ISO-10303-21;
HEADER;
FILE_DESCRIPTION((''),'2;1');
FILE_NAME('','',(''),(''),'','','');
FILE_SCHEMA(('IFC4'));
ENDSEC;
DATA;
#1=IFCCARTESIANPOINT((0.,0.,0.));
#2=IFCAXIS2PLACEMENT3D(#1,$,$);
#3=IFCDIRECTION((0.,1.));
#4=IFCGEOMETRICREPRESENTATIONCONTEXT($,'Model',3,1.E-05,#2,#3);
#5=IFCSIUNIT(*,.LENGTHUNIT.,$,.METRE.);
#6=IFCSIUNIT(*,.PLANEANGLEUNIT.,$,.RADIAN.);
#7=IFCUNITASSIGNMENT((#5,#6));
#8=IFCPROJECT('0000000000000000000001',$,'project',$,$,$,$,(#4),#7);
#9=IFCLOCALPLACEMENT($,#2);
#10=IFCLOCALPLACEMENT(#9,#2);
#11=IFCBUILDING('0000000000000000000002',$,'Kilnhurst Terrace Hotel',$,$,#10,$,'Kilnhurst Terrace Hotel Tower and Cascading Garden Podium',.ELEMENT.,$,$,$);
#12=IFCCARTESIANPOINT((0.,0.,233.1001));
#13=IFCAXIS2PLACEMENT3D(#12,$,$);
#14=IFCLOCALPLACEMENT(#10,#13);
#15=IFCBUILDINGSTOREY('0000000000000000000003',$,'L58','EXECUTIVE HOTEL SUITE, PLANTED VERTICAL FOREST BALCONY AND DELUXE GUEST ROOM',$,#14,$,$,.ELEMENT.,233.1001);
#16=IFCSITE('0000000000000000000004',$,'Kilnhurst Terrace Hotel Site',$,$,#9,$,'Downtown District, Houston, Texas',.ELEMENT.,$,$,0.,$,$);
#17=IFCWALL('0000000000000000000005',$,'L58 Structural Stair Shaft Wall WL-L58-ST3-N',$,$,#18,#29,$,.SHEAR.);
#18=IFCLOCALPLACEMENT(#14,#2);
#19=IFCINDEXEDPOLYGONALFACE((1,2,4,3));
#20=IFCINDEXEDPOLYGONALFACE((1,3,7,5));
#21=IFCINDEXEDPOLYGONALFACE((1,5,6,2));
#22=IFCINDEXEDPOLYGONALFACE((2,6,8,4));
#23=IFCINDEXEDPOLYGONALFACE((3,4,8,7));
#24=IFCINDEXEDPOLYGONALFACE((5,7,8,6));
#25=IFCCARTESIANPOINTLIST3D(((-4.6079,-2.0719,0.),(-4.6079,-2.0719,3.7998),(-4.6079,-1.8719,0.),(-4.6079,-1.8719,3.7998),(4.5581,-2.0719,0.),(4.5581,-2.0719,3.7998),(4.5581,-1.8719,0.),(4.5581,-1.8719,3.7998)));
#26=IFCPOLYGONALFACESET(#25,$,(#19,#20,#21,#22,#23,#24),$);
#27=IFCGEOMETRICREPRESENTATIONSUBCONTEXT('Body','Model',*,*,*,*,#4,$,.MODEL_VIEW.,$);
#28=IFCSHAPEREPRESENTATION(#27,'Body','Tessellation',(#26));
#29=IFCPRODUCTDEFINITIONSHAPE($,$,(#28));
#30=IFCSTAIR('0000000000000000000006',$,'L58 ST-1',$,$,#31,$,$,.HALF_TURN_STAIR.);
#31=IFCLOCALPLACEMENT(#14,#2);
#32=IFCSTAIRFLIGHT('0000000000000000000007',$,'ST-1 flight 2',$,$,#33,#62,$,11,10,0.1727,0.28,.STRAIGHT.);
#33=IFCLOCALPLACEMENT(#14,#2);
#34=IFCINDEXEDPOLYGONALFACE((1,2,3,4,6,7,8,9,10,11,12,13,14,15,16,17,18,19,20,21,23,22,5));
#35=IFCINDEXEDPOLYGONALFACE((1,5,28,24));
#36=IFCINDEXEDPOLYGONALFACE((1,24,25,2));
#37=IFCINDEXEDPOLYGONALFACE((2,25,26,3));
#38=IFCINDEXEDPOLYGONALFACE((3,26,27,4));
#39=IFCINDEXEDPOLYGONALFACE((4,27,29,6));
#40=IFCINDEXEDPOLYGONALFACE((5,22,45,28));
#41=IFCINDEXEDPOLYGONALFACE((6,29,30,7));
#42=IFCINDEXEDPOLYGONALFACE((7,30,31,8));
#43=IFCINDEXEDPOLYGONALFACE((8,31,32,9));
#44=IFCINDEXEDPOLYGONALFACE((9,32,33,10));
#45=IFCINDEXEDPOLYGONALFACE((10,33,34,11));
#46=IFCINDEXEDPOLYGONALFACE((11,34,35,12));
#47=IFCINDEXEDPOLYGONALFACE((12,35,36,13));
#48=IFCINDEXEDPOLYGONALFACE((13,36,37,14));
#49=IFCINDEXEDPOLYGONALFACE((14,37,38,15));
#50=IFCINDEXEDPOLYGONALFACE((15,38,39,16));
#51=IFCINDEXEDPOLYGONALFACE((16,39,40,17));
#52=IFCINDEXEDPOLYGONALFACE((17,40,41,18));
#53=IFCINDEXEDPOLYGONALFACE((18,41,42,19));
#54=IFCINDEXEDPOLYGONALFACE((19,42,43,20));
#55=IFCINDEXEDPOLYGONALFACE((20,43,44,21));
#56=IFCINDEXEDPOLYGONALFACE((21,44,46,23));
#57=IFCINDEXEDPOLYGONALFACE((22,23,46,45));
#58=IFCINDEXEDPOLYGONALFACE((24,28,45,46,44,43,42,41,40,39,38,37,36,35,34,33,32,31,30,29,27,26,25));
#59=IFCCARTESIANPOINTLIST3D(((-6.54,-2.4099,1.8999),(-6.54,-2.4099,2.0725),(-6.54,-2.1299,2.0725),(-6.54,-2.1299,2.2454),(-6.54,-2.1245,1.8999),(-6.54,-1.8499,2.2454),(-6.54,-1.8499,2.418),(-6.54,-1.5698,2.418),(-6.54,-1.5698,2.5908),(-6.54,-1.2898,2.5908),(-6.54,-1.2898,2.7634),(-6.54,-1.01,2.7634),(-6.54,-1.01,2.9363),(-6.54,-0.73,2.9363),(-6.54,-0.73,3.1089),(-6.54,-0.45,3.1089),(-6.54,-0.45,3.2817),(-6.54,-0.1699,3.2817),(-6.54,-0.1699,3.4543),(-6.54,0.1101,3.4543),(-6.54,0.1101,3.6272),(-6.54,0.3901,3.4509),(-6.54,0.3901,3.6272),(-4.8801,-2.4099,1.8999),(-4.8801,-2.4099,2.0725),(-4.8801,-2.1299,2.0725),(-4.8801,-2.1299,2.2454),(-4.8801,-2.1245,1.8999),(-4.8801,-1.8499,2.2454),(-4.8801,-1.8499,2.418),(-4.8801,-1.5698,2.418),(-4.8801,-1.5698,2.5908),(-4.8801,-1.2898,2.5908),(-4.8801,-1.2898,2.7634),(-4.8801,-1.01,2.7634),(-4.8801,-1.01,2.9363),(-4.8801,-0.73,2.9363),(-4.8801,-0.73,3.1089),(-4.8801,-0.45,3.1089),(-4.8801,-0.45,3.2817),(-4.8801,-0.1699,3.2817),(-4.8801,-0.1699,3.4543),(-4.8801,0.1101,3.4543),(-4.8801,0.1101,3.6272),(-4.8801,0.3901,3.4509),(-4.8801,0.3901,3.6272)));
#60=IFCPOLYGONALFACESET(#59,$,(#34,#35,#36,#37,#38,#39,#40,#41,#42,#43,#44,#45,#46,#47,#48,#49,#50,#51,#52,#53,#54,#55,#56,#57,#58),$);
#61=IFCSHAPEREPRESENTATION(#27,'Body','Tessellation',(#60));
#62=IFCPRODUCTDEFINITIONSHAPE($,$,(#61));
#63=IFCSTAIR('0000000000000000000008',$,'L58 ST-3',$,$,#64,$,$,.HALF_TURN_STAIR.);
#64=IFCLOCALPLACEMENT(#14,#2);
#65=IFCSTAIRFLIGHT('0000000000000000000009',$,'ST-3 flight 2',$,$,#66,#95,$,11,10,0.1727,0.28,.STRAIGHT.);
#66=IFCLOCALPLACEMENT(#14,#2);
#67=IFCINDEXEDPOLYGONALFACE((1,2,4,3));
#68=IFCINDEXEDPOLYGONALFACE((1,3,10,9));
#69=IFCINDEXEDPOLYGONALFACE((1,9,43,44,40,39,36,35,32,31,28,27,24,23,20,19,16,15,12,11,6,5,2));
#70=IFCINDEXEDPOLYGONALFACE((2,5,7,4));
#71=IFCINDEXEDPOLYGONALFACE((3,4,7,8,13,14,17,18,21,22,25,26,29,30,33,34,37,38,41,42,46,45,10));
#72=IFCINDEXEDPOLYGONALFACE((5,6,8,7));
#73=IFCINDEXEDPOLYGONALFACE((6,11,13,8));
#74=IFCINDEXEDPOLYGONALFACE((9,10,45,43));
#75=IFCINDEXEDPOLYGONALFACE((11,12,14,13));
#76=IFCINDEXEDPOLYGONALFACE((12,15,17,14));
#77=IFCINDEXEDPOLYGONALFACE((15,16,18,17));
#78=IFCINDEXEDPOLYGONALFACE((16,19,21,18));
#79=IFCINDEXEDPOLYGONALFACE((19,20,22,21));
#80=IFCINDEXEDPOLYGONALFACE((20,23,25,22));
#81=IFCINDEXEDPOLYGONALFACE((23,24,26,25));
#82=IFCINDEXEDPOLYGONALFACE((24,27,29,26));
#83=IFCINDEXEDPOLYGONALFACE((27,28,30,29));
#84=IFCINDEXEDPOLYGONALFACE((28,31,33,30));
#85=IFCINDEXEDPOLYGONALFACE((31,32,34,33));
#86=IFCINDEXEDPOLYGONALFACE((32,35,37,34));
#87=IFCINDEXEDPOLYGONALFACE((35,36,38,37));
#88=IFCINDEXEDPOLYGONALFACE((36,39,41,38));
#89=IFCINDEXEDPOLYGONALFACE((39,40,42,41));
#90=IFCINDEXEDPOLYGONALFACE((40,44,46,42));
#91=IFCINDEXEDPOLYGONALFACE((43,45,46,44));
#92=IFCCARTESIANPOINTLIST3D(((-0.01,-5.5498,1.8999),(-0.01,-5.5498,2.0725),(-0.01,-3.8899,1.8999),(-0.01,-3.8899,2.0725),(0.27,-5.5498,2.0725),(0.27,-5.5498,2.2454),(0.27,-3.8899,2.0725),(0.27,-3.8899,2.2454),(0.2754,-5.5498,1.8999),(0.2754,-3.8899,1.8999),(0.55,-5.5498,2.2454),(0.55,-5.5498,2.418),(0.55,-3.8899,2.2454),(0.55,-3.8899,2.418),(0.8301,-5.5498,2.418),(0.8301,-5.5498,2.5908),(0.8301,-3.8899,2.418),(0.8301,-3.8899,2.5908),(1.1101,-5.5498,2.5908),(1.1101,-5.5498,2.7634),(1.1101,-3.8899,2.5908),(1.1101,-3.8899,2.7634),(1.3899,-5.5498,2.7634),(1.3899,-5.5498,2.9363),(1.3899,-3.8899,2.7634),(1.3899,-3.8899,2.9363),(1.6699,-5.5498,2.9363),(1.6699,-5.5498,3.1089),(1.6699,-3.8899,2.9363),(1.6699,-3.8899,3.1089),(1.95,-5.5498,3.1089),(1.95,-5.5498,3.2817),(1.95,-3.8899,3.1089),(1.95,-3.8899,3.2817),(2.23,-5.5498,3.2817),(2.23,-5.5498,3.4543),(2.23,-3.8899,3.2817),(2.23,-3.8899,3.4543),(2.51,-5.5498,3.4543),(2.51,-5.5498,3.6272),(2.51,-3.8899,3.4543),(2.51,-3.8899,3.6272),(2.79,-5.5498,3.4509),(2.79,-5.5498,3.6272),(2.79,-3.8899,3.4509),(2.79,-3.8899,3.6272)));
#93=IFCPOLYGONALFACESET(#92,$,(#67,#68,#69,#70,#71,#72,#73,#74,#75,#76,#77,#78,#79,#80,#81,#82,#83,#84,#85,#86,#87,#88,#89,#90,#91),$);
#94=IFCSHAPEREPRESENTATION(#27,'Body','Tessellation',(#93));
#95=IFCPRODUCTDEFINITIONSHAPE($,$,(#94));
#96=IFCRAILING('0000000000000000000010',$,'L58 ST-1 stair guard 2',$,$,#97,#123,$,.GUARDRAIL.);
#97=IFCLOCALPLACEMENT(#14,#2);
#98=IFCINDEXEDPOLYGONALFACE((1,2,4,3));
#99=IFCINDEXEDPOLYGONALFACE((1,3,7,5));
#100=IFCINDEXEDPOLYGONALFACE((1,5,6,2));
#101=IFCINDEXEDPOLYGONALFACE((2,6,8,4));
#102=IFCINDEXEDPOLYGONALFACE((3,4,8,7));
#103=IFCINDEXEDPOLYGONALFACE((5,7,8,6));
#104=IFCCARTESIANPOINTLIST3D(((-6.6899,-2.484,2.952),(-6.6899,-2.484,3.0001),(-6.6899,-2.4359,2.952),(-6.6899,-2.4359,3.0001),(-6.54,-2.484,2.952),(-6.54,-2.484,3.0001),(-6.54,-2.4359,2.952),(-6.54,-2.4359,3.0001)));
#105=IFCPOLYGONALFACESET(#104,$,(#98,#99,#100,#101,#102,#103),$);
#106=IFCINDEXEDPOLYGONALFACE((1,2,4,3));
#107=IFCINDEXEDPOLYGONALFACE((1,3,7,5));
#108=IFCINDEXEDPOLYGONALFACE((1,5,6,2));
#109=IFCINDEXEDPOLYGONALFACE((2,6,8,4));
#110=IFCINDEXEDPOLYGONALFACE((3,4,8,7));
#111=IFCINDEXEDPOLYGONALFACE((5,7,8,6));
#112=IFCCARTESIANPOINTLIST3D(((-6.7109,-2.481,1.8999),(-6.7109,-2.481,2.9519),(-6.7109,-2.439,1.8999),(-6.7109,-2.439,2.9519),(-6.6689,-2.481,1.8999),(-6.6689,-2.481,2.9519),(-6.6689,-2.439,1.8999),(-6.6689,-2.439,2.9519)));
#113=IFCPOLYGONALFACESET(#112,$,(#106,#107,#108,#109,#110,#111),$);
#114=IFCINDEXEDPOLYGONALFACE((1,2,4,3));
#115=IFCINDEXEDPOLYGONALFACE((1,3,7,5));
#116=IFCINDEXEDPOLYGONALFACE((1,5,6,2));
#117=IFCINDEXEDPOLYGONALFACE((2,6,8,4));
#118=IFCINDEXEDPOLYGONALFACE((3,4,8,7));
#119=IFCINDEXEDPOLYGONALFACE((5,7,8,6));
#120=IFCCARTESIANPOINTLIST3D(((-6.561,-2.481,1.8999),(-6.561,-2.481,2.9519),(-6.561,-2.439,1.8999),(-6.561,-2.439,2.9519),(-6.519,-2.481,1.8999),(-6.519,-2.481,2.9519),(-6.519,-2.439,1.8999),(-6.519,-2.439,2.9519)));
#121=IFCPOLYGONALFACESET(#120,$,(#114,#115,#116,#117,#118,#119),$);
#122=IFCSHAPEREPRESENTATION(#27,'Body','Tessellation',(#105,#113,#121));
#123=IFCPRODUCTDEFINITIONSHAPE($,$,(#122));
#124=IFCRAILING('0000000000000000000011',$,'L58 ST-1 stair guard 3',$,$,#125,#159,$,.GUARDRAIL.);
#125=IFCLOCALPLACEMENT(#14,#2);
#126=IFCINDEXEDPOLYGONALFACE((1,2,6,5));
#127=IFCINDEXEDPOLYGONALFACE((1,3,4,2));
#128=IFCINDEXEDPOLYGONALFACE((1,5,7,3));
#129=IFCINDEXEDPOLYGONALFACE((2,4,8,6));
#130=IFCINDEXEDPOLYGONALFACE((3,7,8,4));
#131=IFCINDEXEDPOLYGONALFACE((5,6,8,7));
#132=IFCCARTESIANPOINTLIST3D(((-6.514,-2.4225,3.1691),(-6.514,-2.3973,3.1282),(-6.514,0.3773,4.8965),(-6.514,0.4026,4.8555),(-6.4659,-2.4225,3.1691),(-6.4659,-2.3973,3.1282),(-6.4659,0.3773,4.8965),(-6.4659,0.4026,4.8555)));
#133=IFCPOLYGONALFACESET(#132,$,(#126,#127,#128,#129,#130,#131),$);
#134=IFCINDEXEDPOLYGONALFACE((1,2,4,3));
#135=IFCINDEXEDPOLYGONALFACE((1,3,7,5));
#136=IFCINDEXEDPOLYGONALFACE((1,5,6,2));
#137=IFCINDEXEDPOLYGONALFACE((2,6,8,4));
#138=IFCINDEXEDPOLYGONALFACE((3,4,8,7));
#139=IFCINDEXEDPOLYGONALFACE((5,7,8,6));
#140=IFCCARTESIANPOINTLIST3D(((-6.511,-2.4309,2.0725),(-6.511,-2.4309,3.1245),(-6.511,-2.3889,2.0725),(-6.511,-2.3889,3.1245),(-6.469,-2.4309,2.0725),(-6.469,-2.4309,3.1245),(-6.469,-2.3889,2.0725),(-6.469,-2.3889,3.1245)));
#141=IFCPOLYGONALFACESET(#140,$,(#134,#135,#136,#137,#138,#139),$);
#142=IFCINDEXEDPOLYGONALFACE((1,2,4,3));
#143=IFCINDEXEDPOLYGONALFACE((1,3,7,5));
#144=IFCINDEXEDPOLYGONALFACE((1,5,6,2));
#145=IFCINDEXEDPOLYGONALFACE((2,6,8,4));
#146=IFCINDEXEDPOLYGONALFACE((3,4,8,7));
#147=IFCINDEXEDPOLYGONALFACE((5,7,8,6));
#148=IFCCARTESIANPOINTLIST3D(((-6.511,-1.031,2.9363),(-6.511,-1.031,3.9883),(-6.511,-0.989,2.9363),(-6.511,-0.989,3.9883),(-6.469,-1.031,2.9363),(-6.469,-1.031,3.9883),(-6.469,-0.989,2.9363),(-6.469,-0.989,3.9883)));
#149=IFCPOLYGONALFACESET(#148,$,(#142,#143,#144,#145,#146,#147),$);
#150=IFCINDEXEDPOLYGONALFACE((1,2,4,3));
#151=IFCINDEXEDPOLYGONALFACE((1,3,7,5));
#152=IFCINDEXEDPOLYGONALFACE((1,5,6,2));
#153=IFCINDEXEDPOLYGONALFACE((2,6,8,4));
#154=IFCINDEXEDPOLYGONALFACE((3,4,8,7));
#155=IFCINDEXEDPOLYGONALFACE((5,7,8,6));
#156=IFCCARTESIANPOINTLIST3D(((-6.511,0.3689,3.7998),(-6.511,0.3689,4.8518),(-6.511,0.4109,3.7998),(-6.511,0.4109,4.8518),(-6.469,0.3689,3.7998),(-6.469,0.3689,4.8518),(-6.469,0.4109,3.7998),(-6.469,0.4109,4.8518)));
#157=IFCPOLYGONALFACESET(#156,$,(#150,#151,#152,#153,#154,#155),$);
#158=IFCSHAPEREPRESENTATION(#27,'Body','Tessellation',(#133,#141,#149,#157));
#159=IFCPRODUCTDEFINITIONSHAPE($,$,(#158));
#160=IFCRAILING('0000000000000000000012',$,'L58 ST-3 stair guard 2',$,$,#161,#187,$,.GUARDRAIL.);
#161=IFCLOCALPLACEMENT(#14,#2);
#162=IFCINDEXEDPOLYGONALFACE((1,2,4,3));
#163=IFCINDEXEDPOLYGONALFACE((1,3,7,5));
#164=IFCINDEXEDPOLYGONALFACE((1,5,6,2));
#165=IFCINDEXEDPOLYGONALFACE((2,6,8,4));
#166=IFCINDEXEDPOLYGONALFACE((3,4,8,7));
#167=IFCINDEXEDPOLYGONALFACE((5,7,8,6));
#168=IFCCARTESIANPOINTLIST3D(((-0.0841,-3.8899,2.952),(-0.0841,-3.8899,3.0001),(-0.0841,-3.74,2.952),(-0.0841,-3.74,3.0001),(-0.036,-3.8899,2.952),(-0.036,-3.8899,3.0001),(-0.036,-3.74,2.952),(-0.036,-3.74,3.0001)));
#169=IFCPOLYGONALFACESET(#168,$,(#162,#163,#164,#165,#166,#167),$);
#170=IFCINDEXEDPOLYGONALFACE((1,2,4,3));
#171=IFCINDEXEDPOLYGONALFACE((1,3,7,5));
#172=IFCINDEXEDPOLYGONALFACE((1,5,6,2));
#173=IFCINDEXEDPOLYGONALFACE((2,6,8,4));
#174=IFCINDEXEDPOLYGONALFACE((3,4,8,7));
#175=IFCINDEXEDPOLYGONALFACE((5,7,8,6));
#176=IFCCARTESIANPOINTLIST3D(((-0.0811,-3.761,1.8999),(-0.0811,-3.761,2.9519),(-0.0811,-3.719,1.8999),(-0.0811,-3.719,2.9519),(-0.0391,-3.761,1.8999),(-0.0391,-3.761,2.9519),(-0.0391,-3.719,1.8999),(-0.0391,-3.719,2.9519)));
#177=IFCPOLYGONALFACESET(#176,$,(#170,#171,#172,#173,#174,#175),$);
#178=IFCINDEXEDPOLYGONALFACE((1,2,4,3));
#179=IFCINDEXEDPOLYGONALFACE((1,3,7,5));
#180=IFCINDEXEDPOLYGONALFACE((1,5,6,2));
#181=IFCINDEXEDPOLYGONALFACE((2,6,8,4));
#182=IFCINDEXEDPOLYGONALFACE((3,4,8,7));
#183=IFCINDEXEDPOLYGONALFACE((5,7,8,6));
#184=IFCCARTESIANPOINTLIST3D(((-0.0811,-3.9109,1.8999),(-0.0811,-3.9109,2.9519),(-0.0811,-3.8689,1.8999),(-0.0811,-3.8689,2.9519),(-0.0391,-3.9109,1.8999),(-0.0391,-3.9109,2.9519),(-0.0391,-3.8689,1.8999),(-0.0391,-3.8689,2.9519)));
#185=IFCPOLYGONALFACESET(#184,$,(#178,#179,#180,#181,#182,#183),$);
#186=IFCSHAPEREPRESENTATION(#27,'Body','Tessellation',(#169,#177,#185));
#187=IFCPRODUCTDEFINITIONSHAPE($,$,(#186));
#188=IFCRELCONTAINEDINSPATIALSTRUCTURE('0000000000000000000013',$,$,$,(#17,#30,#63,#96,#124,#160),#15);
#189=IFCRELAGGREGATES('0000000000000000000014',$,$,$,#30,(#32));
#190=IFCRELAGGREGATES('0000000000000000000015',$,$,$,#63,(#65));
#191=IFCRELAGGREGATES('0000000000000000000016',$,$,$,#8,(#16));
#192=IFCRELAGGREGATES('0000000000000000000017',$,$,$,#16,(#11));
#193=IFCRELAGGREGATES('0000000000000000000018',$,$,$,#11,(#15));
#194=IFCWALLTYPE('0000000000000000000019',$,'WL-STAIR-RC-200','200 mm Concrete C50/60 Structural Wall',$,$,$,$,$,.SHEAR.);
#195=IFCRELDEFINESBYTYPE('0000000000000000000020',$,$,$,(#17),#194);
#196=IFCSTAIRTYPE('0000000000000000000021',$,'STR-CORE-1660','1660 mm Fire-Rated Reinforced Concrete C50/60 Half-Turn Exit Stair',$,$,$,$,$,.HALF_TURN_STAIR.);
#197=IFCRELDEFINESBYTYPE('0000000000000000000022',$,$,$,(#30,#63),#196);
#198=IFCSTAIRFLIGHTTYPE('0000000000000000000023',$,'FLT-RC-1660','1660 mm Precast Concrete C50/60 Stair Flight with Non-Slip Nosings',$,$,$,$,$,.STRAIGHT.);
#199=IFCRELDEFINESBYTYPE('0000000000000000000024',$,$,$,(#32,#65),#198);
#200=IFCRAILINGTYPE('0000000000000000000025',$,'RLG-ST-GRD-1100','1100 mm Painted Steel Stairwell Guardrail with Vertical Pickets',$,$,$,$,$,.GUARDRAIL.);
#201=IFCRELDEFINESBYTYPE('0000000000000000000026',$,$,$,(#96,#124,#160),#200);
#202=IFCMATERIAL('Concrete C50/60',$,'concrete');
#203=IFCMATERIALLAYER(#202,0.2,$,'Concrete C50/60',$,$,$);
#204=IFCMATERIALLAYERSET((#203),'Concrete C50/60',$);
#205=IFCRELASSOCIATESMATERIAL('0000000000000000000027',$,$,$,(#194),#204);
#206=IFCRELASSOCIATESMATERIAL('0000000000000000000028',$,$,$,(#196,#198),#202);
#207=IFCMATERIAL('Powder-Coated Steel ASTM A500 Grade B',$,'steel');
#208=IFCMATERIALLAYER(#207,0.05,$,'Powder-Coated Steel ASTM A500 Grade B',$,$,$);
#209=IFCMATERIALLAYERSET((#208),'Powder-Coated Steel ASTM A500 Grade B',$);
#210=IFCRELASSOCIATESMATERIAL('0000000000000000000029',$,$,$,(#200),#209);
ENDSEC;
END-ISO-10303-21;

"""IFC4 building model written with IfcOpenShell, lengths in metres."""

from ifc_helpers import new_model, si_unit, direction, frame, frame_2d, origin, origin_2d, place, context, subcontext, project, spatial, polyline, rectangle, outline, extrude, material, layer, layer_set, type_object, element, aggregate, save


model = new_model("IFC4")

# Units and contexts
model_context = context("Model", 3, precision=1e-05, world=origin(), true_north=direction((0.0, 1.0)))
body_context = subcontext(model_context, "Body", "Model", "MODEL_VIEW")
ifc_project = project(units=[si_unit("LENGTHUNIT", "METRE"), si_unit("PLANEANGLEUNIT", "RADIAN")], contexts=[model_context])

# Site, building, storey
site_placement = place(None, origin())
site = spatial("IfcSite", under=ifc_project, at=site_placement, Name="Kilnhurst Terrace Hotel Site", LongName="Downtown District, Houston, Texas", CompositionType="ELEMENT", RefElevation=0.0)
building_placement = place(site_placement, origin())
building = spatial("IfcBuilding", under=site, at=building_placement, Name="Kilnhurst Terrace Hotel", LongName="Kilnhurst Terrace Hotel Tower and Cascading Garden Podium", CompositionType="ELEMENT")
storey_placement = place(building_placement, frame((0.0, 0.0, 233.1001)))
storey = spatial("IfcBuildingStorey", under=building, at=storey_placement, Name="L58", Description="EXECUTIVE HOTEL SUITE, PLANTED VERTICAL FOREST BALCONY AND DELUXE GUEST ROOM", CompositionType="ELEMENT", Elevation=233.1001)

# Shared definitions
ifc_material_1 = material(Name="Concrete C50/60", Category="concrete")
ifc_layer_1 = layer(ifc_material_1, 0.2, Name="Concrete C50/60")
ifc_layer_set_1 = layer_set([ifc_layer_1], Name="Concrete C50/60")
wall_type_1 = type_object("IfcWallType", Name="WL-STAIR-RC-200", Description="200 mm Concrete C50/60 Structural Wall", PredefinedType="SHEAR", material=ifc_layer_set_1)

# Wall
wall_1_placement = place(storey_placement, frame((-4.6079, -1.9719, 0.0), z_axis=(0.0, 0.0, 1.0), x_axis=(1.0, 0.0, 0.0)))
element("IfcWall", 1, at=wall_1_placement, inside=storey, type_object=wall_type_1, Name="L58 Structural Stair Shaft Wall WL-L58-ST3-N", PredefinedType="SHEAR", context=body_context, shape_type="SweptSolid", body=[
    extrude(rectangle(XDim=9.166, YDim=0.2, at=frame_2d((4.583, 0.0))), origin(), (0.0, 0.0, 1.0), 3.7998),
])

# Stairs, stair flights
stair_type = type_object("IfcStairType", Name="STR-CORE-1660", Description="1660 mm Fire-Rated Reinforced Concrete C50/60 Half-Turn Exit Stair", PredefinedType="HALF_TURN_STAIR", material=ifc_material_1)
stair_1_placement = place(storey_placement, origin())
stair_1 = element("IfcStair", 2, at=stair_1_placement, inside=storey, type_object=stair_type, Name="L58 ST-1", PredefinedType="HALF_TURN_STAIR")
stair_flight_type = type_object("IfcStairFlightType", Name="FLT-RC-1660", Description="1660 mm Precast Concrete C50/60 Stair Flight with Non-Slip Nosings", PredefinedType="STRAIGHT", material=ifc_material_1)
stair_flight_1_placement = place(storey_placement, frame((-5.71, -2.4099, 1.8999), z_axis=(0.0, 0.0, 1.0), x_axis=(0.0, 1.0, 0.0)))
stair_flight_1 = element("IfcStairFlight", 3, at=stair_flight_1_placement, type_object=stair_flight_type, Name="ST-1 flight 2", NumberOfRisers=11, NumberOfTreads=10, PredefinedType="STRAIGHT", RiserHeight=0.1727, TreadLength=0.28, context=body_context, shape_type="SweptSolid", body=[
    extrude(outline(polyline([(0.0, 0.0), (0.0, 0.1726), (0.28, 0.1726), (0.28, 0.3455), (0.5601, 0.3455), (0.5601, 0.5181), (0.8401, 0.5181), (0.8401, 0.6909), (1.1201, 0.6909), (1.1201, 0.8635), (1.3999, 0.8635), (1.3999, 1.0364), (1.6799, 1.0364), (1.6799, 1.209), (1.96, 1.209), (1.96, 1.3818), (2.24, 1.3818), (2.24, 1.5544), (2.52, 1.5544), (2.52, 1.7273), (2.8, 1.7273), (2.8, 1.8999), (2.8, 1.551), (0.2854, 0.0), (0.0, 0.0)])), frame((0.0, 0.8301, 0.0), z_axis=(0.0, -1.0, 0.0), x_axis=(1.0, 0.0, 0.0)), (0.0, 0.0, 1.0), 1.6599),
])
aggregate(stair_1, [stair_flight_1])
stair_2_placement = place(storey_placement, origin())
stair_2 = element("IfcStair", 4, at=stair_2_placement, inside=storey, type_object=stair_type, Name="L58 ST-3", PredefinedType="HALF_TURN_STAIR")
stair_flight_2_placement = place(storey_placement, frame((-0.01, -4.72, 1.8999), z_axis=(0.0, 0.0, 1.0), x_axis=(1.0, 0.0, 0.0)))
stair_flight_2 = element("IfcStairFlight", 5, at=stair_flight_2_placement, type_object=stair_flight_type, Name="ST-3 flight 2", NumberOfRisers=11, NumberOfTreads=10, PredefinedType="STRAIGHT", RiserHeight=0.1727, TreadLength=0.28, context=body_context, shape_type="SweptSolid", body=[
    extrude(outline(polyline([(0.0, 0.0), (0.0, 0.1726), (0.28, 0.1726), (0.28, 0.3455), (0.5601, 0.3455), (0.5601, 0.5181), (0.8401, 0.5181), (0.8401, 0.6909), (1.1201, 0.6909), (1.1201, 0.8635), (1.3999, 0.8635), (1.3999, 1.0364), (1.6799, 1.0364), (1.6799, 1.209), (1.96, 1.209), (1.96, 1.3818), (2.24, 1.3818), (2.24, 1.5544), (2.52, 1.5544), (2.52, 1.7273), (2.8, 1.7273), (2.8, 1.8999), (2.8, 1.551), (0.2854, 0.0), (0.0, 0.0)])), frame((0.0, 0.8301, 0.0), z_axis=(0.0, -1.0, 0.0), x_axis=(1.0, 0.0, 0.0)), (0.0, 0.0, 1.0), 1.6599),
])
aggregate(stair_2, [stair_flight_2])

# Railings
ifc_material_2 = material(Name="Powder-Coated Steel ASTM A500 Grade B", Category="steel")
ifc_layer_2 = layer(ifc_material_2, 0.05, Name="Powder-Coated Steel ASTM A500 Grade B")
ifc_layer_set_2 = layer_set([ifc_layer_2], Name="Powder-Coated Steel ASTM A500 Grade B")
railing_type_1 = type_object("IfcRailingType", Name="RLG-ST-GRD-1100", Description="1100 mm Painted Steel Stairwell Guardrail with Vertical Pickets", PredefinedType="GUARDRAIL", material=ifc_layer_set_2)
railing_1_placement = place(storey_placement, frame((-6.6899, -2.46, 1.8999)))
element("IfcRailing", 6, at=railing_1_placement, inside=storey, type_object=railing_type_1, Name="L58 ST-1 stair guard 2", PredefinedType="GUARDRAIL", context=body_context, shape_type="SweptSolid", body=[
    extrude(rectangle(XDim=0.0481, YDim=0.0481, at=origin_2d()), frame((0.0, 0.0, 1.0762), z_axis=(1.0, 0.0, 0.0), x_axis=(0.0, 1.0, 0.0)), (0.0, 0.0, 1.0), 0.1499),
    extrude(rectangle(XDim=0.042, YDim=0.042, at=origin_2d()), origin(), (0.0, 0.0, 1.0), 1.052),
    extrude(rectangle(XDim=0.042, YDim=0.042, at=origin_2d()), frame((0.1499, 0.0, 0.0)), (0.0, 0.0, 1.0), 1.052),
])
railing_2_placement = place(storey_placement, frame((-6.49, -2.4099, 2.0725)))
element("IfcRailing", 7, at=railing_2_placement, inside=storey, type_object=railing_type_1, Name="L58 ST-1 stair guard 3", PredefinedType="GUARDRAIL", context=body_context, shape_type="SweptSolid", body=[
    extrude(rectangle(XDim=0.0481, YDim=0.0481, at=origin_2d()), frame((0.0, 0.0, 1.0762), z_axis=(0.0, 0.851069, 0.525054), x_axis=(-1.0, 0.0, 0.0)), (0.0, 0.0, 1.0), 3.2898),
    extrude(rectangle(XDim=0.042, YDim=0.042, at=origin_2d()), origin(), (0.0, 0.0, 1.0), 1.052),
    extrude(rectangle(XDim=0.042, YDim=0.042, at=origin_2d()), frame((0.0, 1.3999, 0.8638)), (0.0, 0.0, 1.0), 1.052),
    extrude(rectangle(XDim=0.042, YDim=0.042, at=origin_2d()), frame((0.0, 2.7998, 1.7273)), (0.0, 0.0, 1.0), 1.052),
])
railing_3_placement = place(storey_placement, frame((-0.0601, -3.74, 1.8999)))
element("IfcRailing", 8, at=railing_3_placement, inside=storey, type_object=railing_type_1, Name="L58 ST-3 stair guard 2", PredefinedType="GUARDRAIL", context=body_context, shape_type="SweptSolid", body=[
    extrude(rectangle(XDim=0.0481, YDim=0.0481, at=origin_2d()), frame((0.0, 0.0, 1.0762), z_axis=(0.0, -1.0, 0.0), x_axis=(1.0, 0.0, 0.0)), (0.0, 0.0, 1.0), 0.1499),
    extrude(rectangle(XDim=0.042, YDim=0.042, at=origin_2d()), origin(), (0.0, 0.0, 1.0), 1.052),
    extrude(rectangle(XDim=0.042, YDim=0.042, at=origin_2d()), frame((0.0, -0.1499, 0.0)), (0.0, 0.0, 1.0), 1.052),
])

save(model, "model.ifc")
